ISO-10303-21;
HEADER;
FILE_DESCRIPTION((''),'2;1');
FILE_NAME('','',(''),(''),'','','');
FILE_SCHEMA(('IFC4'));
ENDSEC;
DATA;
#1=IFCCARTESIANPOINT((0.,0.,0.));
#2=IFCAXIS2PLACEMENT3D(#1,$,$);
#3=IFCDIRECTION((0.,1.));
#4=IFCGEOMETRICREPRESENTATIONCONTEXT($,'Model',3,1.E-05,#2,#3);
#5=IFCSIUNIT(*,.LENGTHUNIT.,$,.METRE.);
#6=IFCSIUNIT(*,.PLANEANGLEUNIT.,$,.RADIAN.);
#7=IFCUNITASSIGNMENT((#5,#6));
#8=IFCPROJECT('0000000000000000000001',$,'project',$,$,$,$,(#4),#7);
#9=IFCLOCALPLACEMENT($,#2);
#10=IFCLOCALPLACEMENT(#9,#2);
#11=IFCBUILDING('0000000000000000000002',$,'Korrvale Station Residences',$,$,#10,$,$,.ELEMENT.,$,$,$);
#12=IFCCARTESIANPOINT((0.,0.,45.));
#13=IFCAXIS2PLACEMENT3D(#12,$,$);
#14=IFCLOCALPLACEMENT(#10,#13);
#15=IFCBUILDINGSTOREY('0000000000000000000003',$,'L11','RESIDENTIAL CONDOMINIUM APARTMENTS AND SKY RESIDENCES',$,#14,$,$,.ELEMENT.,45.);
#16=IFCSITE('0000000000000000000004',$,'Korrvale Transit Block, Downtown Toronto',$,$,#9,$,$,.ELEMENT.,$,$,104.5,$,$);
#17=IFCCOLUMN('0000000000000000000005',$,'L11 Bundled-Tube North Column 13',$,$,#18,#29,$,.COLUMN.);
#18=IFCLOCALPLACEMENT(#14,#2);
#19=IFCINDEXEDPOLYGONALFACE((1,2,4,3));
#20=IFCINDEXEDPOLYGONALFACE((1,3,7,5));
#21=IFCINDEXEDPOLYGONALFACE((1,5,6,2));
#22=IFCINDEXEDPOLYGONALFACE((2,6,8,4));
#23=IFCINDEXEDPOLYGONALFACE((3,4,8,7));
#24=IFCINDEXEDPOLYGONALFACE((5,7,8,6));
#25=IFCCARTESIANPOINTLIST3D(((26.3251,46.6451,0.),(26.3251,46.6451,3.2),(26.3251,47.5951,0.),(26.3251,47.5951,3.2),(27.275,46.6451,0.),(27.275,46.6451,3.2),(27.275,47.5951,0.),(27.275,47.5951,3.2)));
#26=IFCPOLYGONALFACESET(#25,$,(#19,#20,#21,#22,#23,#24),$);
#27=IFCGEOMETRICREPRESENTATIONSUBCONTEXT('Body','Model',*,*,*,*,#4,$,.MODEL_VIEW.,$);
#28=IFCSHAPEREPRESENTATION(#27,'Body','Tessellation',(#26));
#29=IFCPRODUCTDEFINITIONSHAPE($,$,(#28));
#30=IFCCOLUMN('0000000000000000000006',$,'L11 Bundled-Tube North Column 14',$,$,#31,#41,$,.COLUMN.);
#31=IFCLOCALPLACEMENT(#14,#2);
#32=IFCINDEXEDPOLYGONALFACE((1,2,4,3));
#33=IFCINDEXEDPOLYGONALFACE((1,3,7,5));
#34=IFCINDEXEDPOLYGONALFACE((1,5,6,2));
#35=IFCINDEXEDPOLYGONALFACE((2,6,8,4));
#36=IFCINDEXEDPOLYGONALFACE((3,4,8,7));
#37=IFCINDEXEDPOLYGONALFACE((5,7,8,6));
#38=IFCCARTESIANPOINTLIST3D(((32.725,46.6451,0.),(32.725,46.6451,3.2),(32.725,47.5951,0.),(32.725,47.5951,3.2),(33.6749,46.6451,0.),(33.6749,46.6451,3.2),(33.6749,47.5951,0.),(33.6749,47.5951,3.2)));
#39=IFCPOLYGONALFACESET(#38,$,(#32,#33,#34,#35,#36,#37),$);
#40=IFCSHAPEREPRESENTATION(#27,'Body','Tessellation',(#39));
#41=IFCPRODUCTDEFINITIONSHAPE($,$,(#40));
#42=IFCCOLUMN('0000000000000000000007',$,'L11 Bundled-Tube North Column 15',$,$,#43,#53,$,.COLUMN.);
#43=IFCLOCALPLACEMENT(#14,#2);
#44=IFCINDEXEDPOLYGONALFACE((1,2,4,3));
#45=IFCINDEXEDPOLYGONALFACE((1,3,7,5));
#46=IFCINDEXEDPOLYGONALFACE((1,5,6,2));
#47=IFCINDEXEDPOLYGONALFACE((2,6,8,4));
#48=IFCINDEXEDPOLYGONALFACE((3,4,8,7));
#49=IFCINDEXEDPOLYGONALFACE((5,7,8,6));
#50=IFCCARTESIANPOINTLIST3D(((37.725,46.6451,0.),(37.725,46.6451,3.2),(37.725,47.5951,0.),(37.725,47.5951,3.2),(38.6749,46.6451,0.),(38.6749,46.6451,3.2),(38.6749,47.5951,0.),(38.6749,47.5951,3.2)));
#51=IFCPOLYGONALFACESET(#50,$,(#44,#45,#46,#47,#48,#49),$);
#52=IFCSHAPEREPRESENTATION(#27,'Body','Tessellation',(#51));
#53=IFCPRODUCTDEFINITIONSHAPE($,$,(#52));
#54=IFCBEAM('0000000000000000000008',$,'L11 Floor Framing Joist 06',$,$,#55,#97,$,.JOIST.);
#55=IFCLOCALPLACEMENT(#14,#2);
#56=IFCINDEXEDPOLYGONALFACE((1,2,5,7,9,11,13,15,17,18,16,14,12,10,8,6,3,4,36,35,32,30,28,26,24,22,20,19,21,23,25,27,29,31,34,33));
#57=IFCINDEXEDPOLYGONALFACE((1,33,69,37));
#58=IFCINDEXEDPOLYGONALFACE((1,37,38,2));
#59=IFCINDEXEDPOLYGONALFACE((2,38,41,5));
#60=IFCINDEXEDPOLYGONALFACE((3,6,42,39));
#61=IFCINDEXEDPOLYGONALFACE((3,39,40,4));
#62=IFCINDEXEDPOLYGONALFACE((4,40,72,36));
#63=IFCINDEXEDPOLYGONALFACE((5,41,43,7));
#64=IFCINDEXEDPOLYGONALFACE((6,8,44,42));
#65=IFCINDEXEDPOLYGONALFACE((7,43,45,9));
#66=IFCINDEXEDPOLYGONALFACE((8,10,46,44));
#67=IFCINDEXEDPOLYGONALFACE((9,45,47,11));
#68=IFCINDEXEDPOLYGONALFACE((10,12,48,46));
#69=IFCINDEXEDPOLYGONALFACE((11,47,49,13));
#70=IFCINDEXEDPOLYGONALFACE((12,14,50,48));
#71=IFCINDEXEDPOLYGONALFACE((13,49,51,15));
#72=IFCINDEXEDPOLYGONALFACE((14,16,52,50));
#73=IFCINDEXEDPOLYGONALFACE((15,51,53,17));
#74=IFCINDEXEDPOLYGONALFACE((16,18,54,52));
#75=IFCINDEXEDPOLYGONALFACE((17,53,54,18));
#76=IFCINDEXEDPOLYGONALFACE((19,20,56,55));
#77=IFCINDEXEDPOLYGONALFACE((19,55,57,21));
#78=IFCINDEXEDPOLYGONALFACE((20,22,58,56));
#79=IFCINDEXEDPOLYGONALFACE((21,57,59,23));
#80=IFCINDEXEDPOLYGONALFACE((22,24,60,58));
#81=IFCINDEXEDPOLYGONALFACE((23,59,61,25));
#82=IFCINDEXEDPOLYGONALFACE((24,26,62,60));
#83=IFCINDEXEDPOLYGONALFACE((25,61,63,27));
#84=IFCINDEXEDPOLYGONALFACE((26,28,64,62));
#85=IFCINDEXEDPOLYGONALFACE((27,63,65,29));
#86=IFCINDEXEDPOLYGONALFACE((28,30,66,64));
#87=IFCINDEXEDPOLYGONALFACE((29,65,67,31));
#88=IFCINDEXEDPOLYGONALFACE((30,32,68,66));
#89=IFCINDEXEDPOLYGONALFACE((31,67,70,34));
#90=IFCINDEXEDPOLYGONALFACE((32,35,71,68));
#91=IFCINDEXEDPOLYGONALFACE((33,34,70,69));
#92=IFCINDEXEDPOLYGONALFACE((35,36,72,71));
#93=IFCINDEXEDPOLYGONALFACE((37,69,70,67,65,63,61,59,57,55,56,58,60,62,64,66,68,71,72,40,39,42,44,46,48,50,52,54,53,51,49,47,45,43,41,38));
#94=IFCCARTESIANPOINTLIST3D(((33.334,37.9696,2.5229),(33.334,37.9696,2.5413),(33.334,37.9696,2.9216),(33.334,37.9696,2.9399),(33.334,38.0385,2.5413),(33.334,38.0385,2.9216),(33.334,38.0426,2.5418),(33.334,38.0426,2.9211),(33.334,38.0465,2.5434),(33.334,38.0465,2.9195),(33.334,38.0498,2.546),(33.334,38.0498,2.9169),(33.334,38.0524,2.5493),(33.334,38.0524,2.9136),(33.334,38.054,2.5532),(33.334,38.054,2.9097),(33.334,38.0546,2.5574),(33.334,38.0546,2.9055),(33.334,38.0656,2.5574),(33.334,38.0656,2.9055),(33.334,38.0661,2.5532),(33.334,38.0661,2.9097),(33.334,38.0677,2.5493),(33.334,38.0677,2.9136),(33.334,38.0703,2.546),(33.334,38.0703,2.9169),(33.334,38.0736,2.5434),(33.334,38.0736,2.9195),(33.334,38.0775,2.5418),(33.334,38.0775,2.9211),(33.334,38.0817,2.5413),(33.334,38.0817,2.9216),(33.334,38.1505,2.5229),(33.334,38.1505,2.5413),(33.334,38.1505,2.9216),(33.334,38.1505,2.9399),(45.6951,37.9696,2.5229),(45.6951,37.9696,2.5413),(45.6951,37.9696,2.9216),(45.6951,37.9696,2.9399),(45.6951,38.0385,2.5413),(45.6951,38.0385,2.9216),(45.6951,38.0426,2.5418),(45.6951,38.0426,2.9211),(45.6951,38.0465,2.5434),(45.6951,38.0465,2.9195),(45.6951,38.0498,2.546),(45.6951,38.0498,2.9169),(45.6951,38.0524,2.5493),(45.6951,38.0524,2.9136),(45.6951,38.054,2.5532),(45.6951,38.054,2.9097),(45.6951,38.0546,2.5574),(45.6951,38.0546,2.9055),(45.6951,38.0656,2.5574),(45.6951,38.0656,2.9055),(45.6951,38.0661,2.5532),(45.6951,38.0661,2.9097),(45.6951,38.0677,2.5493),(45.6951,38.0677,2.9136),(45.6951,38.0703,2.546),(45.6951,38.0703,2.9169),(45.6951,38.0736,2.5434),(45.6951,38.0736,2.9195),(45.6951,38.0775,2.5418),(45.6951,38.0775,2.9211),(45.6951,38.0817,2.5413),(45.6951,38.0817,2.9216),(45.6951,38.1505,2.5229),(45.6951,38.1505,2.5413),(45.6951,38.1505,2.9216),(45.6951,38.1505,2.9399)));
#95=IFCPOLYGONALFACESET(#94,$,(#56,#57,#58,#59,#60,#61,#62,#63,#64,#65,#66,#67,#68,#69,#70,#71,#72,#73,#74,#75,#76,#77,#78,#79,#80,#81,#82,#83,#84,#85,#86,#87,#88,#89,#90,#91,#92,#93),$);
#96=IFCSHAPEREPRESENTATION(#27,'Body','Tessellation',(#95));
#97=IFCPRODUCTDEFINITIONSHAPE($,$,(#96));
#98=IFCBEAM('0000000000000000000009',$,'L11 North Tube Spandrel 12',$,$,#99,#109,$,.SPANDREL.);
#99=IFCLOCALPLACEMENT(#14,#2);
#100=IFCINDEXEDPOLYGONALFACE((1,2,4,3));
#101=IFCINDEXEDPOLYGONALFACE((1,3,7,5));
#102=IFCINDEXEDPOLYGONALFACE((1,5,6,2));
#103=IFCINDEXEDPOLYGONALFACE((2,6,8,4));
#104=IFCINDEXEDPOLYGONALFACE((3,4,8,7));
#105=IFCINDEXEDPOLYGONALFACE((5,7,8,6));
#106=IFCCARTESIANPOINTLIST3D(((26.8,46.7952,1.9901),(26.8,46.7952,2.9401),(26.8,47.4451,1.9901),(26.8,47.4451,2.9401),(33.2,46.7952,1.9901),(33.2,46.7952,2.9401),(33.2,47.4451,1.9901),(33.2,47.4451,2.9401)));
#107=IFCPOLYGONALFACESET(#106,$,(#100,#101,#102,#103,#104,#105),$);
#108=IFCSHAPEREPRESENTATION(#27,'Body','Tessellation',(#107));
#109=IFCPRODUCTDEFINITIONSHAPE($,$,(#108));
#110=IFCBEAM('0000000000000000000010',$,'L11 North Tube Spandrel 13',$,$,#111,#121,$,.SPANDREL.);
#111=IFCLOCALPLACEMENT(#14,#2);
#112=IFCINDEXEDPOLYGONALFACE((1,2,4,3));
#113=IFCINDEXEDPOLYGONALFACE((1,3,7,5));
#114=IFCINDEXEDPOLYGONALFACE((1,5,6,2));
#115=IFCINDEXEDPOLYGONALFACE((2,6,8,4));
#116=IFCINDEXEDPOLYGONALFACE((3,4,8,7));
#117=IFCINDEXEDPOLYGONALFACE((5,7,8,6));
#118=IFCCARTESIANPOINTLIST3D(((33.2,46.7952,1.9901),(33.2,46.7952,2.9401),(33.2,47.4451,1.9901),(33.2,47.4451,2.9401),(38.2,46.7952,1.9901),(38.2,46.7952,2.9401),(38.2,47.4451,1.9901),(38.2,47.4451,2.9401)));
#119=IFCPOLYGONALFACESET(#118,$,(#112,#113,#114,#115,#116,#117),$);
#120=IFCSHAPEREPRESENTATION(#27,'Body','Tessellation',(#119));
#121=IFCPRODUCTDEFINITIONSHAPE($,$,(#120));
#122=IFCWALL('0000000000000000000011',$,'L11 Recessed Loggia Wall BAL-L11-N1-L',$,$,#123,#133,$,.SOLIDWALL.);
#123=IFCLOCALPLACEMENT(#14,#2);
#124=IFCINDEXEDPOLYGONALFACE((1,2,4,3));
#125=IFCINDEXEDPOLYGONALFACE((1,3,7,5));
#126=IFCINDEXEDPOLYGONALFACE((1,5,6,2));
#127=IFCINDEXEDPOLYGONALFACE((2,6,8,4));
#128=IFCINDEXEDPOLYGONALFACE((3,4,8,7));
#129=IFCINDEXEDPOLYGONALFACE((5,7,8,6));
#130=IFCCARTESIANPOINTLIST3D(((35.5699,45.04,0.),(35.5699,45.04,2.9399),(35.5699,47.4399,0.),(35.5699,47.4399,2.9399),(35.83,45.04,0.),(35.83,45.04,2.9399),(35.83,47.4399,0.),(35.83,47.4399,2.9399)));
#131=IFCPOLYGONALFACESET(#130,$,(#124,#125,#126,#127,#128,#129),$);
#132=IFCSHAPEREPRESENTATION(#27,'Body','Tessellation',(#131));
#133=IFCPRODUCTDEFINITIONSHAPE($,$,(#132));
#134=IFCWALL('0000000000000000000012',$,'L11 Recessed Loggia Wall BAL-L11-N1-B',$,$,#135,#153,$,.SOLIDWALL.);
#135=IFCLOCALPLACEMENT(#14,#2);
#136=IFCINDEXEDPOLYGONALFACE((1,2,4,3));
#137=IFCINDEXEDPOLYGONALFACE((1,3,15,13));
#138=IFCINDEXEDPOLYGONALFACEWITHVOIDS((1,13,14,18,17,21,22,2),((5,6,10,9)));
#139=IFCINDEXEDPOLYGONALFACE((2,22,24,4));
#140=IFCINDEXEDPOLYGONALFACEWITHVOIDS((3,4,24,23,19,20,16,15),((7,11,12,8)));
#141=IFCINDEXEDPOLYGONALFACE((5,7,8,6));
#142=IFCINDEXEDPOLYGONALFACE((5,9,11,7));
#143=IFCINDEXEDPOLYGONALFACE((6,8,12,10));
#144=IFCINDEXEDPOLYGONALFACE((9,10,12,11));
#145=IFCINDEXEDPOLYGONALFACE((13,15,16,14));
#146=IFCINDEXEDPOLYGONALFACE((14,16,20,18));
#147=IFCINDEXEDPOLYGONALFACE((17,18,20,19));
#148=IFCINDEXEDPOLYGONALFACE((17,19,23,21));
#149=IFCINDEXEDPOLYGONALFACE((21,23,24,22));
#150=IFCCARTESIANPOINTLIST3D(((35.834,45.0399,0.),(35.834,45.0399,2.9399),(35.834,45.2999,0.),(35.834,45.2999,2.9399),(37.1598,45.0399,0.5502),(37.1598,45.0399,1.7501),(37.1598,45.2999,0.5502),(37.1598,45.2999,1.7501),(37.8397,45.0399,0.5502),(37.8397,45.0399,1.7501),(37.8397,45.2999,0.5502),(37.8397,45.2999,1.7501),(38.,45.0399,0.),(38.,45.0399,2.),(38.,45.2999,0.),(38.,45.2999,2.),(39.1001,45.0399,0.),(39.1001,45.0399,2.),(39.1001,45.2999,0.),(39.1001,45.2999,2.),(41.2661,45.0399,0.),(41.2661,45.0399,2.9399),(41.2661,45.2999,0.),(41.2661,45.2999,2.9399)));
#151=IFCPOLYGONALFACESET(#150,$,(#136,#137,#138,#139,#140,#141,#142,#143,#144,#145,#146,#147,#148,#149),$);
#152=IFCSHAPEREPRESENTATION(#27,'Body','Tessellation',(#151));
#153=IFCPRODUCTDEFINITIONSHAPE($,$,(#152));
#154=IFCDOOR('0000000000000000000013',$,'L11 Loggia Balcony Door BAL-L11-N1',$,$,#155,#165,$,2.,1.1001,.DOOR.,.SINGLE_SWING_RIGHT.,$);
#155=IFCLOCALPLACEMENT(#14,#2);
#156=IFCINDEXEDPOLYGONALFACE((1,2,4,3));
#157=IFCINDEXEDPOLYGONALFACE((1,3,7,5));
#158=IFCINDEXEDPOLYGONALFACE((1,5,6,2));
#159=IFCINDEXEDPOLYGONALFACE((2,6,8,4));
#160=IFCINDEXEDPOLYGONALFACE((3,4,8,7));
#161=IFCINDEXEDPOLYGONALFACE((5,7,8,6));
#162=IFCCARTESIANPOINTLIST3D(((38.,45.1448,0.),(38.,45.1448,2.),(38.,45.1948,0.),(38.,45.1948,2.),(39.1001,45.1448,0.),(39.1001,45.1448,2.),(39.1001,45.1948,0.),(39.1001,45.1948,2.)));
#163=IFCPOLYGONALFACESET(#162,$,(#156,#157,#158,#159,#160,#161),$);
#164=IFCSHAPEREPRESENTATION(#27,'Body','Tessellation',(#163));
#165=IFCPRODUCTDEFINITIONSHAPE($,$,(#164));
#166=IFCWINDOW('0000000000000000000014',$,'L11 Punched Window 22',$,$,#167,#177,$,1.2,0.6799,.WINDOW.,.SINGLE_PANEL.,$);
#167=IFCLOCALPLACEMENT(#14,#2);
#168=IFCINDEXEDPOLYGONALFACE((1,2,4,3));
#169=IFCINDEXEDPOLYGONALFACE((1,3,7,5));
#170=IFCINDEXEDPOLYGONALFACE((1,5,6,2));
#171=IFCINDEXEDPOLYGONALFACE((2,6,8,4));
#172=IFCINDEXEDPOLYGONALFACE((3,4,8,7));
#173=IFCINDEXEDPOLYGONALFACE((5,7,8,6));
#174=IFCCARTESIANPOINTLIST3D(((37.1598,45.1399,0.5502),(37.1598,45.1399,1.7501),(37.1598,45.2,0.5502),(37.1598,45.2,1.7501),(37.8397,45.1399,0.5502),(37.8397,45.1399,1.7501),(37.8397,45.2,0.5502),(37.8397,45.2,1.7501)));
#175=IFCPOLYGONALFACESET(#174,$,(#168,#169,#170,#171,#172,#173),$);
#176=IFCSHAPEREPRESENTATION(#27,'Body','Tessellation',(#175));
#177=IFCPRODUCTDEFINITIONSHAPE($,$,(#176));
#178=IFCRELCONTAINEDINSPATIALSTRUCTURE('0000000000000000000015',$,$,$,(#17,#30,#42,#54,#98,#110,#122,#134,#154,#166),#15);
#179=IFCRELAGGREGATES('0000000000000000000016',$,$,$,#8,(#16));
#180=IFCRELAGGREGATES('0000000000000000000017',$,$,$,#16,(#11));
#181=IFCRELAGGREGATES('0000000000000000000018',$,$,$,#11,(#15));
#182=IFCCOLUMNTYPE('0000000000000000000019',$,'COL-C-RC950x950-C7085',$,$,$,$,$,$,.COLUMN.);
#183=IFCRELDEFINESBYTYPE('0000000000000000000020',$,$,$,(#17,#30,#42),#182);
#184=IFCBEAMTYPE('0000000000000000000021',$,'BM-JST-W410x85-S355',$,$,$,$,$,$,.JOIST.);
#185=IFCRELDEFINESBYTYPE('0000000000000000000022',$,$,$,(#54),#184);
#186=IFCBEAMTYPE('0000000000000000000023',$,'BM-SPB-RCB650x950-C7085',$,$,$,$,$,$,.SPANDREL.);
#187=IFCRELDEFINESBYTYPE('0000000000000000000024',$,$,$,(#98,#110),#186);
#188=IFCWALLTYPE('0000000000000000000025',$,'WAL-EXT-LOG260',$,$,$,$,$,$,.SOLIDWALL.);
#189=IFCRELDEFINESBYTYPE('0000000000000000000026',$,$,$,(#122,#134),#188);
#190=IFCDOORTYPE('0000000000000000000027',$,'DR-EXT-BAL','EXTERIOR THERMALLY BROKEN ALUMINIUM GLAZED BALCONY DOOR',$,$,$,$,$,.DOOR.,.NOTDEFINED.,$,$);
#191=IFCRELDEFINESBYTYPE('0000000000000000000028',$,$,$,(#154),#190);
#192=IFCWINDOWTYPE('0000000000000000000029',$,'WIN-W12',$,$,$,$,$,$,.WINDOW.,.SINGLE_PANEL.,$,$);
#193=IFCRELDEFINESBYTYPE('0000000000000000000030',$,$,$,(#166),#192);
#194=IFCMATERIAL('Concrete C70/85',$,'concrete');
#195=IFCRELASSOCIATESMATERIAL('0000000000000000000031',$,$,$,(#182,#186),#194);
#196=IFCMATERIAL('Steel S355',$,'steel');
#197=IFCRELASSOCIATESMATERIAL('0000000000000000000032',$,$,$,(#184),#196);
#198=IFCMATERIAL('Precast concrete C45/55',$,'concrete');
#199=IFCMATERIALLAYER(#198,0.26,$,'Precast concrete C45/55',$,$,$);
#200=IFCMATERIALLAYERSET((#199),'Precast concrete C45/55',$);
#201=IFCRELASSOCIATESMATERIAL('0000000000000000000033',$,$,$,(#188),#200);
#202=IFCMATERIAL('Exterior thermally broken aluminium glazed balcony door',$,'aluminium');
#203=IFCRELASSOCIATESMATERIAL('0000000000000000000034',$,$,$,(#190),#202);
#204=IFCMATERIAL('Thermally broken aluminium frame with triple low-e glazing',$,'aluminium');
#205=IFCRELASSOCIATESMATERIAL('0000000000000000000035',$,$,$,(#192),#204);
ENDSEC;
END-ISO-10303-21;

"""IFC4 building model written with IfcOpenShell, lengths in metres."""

from ifc_helpers import new_model, si_unit, direction, frame, frame_2d, origin, origin_2d, place, context, subcontext, project, spatial, rectangle, i_section, extrude, material, layer, layer_set, material_profile, profile_set, type_object, element, fill, save


model = new_model("IFC4")

# Units and contexts
model_context = context("Model", 3, precision=1e-05, world=origin(), true_north=direction((0.0, 1.0)))
body_context = subcontext(model_context, "Body", "Model", "MODEL_VIEW")
ifc_project = project(units=[si_unit("LENGTHUNIT", "METRE"), si_unit("PLANEANGLEUNIT", "RADIAN")], contexts=[model_context])

# Site, building, storey
site_placement = place(None, origin())
site = spatial("IfcSite", under=ifc_project, at=site_placement, Name="Korrvale Transit Block, Downtown Toronto", CompositionType="ELEMENT", RefElevation=104.5)
building_placement = place(site_placement, origin())
building = spatial("IfcBuilding", under=site, at=building_placement, Name="Korrvale Station Residences", CompositionType="ELEMENT")
storey_placement = place(building_placement, frame((0.0, 0.0, 45.0)))
storey = spatial("IfcBuildingStorey", under=building, at=storey_placement, Name="L11", Description="RESIDENTIAL CONDOMINIUM APARTMENTS AND SKY RESIDENCES", CompositionType="ELEMENT", Elevation=45.0)

# Columns
ifc_material_1 = material(Name="Concrete C70/85", Category="concrete")
ifc_material_profile_1 = material_profile(ifc_material_1, rectangle(XDim=0.95, YDim=0.95, at=origin_2d()), Name="RC950x950")
ifc_profile_set_1 = profile_set([ifc_material_profile_1], Name="Concrete C70/85")
column_type = type_object("IfcColumnType", Name="COL-C-RC950x950-C7085", PredefinedType="COLUMN", material=ifc_profile_set_1)
for number, where, z_axis, x_axis, name in (
    (1, (26.8, 47.1201, 0.0), (0.0, 0.0, 1.0), (1.0, 0.0, 0.0), "L11 Bundled-Tube North Column 13"),
    (2, (33.2, 47.1201, 0.0), (0.0, 0.0, 1.0), (1.0, 0.0, 0.0), "L11 Bundled-Tube North Column 14"),
    (3, (38.2, 47.1201, 0.0), (0.0, 0.0, 1.0), (1.0, 0.0, 0.0), "L11 Bundled-Tube North Column 15"),
):
    element("IfcColumn", number, at=place(storey_placement, frame(where, z_axis=z_axis, x_axis=x_axis)), inside=storey, type_object=column_type, Name=name, PredefinedType="COLUMN", context=body_context, shape_type="SweptSolid", body=[
        extrude(rectangle(XDim=0.95, YDim=0.95, at=origin_2d()), origin(), (0.0, 0.0, 1.0), 3.2),
    ])

# Beams
ifc_material_2 = material(Name="Steel S355", Category="steel")
ifc_material_profile_2 = material_profile(ifc_material_2, i_section(OverallWidth=0.1809, OverallDepth=0.417, WebThickness=0.011, FlangeThickness=0.0183, FilletRadius=0.0161, at=origin_2d()), Name="W410x85")
ifc_profile_set_2 = profile_set([ifc_material_profile_2], Name="Steel S355")
beam_type_1 = type_object("IfcBeamType", Name="BM-JST-W410x85-S355", PredefinedType="JOIST", material=ifc_profile_set_2)
beam_1_placement = place(storey_placement, frame((33.334, 38.0601, 2.7314), z_axis=(1.0, 0.0, 0.0), x_axis=(0.0, 1.0, 0.0)))
element("IfcBeam", 4, at=beam_1_placement, inside=storey, type_object=beam_type_1, Name="L11 Floor Framing Joist 06", PredefinedType="JOIST", context=body_context, shape_type="SweptSolid", body=[
    extrude(i_section(OverallWidth=0.1809, OverallDepth=0.417, WebThickness=0.011, FlangeThickness=0.0183, FilletRadius=0.0161, at=origin_2d()), origin(), (0.0, 0.0, 1.0), 12.3611),
])
ifc_material_profile_3 = material_profile(ifc_material_1, rectangle(XDim=0.6499, YDim=0.95, at=origin_2d()), Name="RCB650x950")
ifc_profile_set_3 = profile_set([ifc_material_profile_3], Name="Concrete C70/85")
beam_type_2 = type_object("IfcBeamType", Name="BM-SPB-RCB650x950-C7085", PredefinedType="SPANDREL", material=ifc_profile_set_3)
beam_2_placement = place(storey_placement, frame((26.8, 47.1201, 2.4651), z_axis=(1.0, 0.0, 0.0), x_axis=(0.0, 1.0, 0.0)))
element("IfcBeam", 5, at=beam_2_placement, inside=storey, type_object=beam_type_2, Name="L11 North Tube Spandrel 12", PredefinedType="SPANDREL", context=body_context, shape_type="SweptSolid", body=[
    extrude(rectangle(XDim=0.6499, YDim=0.95, at=origin_2d()), origin(), (0.0, 0.0, 1.0), 6.3999),
])
beam_3_placement = place(storey_placement, frame((33.2, 47.1201, 2.4651), z_axis=(1.0, 0.0, 0.0), x_axis=(0.0, 1.0, 0.0)))
element("IfcBeam", 6, at=beam_3_placement, inside=storey, type_object=beam_type_2, Name="L11 North Tube Spandrel 13", PredefinedType="SPANDREL", context=body_context, shape_type="SweptSolid", body=[
    extrude(rectangle(XDim=0.6499, YDim=0.95, at=origin_2d()), origin(), (0.0, 0.0, 1.0), 5.0),
])

# Wall
ifc_material_3 = material(Name="Precast concrete C45/55", Category="concrete")
ifc_layer_1 = layer(ifc_material_3, 0.26, Name="Precast concrete C45/55")
ifc_layer_set_1 = layer_set([ifc_layer_1], Name="Precast concrete C45/55")
wall_type = type_object("IfcWallType", Name="WAL-EXT-LOG260", PredefinedType="SOLIDWALL", material=ifc_layer_set_1)
wall_1_placement = place(storey_placement, frame((35.7, 47.4399, 0.0), z_axis=(0.0, 0.0, 1.0), x_axis=(0.0, -1.0, 0.0)))
element("IfcWall", 7, at=wall_1_placement, inside=storey, type_object=wall_type, Name="L11 Recessed Loggia Wall BAL-L11-N1-L", PredefinedType="SOLIDWALL", context=body_context, shape_type="SweptSolid", body=[
    extrude(rectangle(XDim=2.3999, YDim=0.26, at=frame_2d((1.2, 0.0))), origin(), (0.0, 0.0, 1.0), 2.9399),
])

# Wall, openings, door, window
wall_2_placement = place(storey_placement, frame((35.834, 45.1699, 0.0), z_axis=(0.0, 0.0, 1.0), x_axis=(1.0, 0.0, 0.0)))
wall_2 = element("IfcWall", 8, at=wall_2_placement, inside=storey, type_object=wall_type, Name="L11 Recessed Loggia Wall BAL-L11-N1-B", PredefinedType="SOLIDWALL", context=body_context, shape_type="SweptSolid", body=[
    extrude(rectangle(XDim=5.4321, YDim=0.26, at=frame_2d((2.7161, 0.0))), origin(), (0.0, 0.0, 1.0), 2.9399),
])
opening_1_placement = place(wall_2_placement, frame((2.166, 0.0, 0.0)))
opening_1 = element("IfcOpeningElement", 9, at=opening_1_placement, cuts=wall_2, PredefinedType="OPENING", context=body_context, shape_type="SweptSolid", body=[
    extrude(rectangle(XDim=1.1001, YDim=2.0, at=frame_2d((0.55, 1.0))), frame((0.0, 0.1401, 0.0), z_axis=(0.0, -1.0, 0.0), x_axis=(1.0, 0.0, 0.0)), (0.0, 0.0, 1.0), 0.28),
])
opening_2_placement = place(wall_2_placement, frame((1.3259, 0.0, 0.55)))
opening_2 = element("IfcOpeningElement", 10, at=opening_2_placement, cuts=wall_2, PredefinedType="OPENING", context=body_context, shape_type="SweptSolid", body=[
    extrude(rectangle(XDim=0.6799, YDim=1.2, at=frame_2d((0.3398, 0.6001))), frame((0.0, 0.1401, 0.0), z_axis=(0.0, -1.0, 0.0), x_axis=(1.0, 0.0, 0.0)), (0.0, 0.0, 1.0), 0.28),
])
ifc_material_4 = material(Name="Exterior thermally broken aluminium glazed balcony door", Category="aluminium")
door_type = type_object("IfcDoorType", Name="DR-EXT-BAL", Description="EXTERIOR THERMALLY BROKEN ALUMINIUM GLAZED BALCONY DOOR", OperationType="NOTDEFINED", PredefinedType="DOOR", material=ifc_material_4)
door_placement = place(opening_1_placement, origin())
door = element("IfcDoor", 11, at=door_placement, inside=storey, type_object=door_type, Name="L11 Loggia Balcony Door BAL-L11-N1", OperationType="SINGLE_SWING_RIGHT", OverallHeight=2.0, OverallWidth=1.1001, PredefinedType="DOOR", context=body_context, shape_type="SweptSolid", body=[
    extrude(rectangle(XDim=1.1001, YDim=2.0, at=frame_2d((0.55, 1.0))), frame((0.0, 0.0249, 0.0), z_axis=(0.0, -1.0, 0.0), x_axis=(1.0, 0.0, 0.0)), (0.0, 0.0, 1.0), 0.05),
])
fill(opening_1, door)
ifc_material_5 = material(Name="Thermally broken aluminium frame with triple low-e glazing", Category="aluminium")
window_type = type_object("IfcWindowType", Name="WIN-W12", PartitioningType="SINGLE_PANEL", PredefinedType="WINDOW", material=ifc_material_5)
window_placement = place(opening_2_placement, origin())
window = element("IfcWindow", 12, at=window_placement, inside=storey, type_object=window_type, Name="L11 Punched Window 22", OverallHeight=1.2, OverallWidth=0.6799, PartitioningType="SINGLE_PANEL", PredefinedType="WINDOW", context=body_context, shape_type="SweptSolid", body=[
    extrude(rectangle(XDim=0.6799, YDim=1.2, at=frame_2d((0.3398, 0.6001))), frame((0.0, 0.03, 0.0), z_axis=(0.0, -1.0, 0.0), x_axis=(1.0, 0.0, 0.0)), (0.0, 0.0, 1.0), 0.0601),
])
fill(opening_2, window)

save(model, "model.ifc")
